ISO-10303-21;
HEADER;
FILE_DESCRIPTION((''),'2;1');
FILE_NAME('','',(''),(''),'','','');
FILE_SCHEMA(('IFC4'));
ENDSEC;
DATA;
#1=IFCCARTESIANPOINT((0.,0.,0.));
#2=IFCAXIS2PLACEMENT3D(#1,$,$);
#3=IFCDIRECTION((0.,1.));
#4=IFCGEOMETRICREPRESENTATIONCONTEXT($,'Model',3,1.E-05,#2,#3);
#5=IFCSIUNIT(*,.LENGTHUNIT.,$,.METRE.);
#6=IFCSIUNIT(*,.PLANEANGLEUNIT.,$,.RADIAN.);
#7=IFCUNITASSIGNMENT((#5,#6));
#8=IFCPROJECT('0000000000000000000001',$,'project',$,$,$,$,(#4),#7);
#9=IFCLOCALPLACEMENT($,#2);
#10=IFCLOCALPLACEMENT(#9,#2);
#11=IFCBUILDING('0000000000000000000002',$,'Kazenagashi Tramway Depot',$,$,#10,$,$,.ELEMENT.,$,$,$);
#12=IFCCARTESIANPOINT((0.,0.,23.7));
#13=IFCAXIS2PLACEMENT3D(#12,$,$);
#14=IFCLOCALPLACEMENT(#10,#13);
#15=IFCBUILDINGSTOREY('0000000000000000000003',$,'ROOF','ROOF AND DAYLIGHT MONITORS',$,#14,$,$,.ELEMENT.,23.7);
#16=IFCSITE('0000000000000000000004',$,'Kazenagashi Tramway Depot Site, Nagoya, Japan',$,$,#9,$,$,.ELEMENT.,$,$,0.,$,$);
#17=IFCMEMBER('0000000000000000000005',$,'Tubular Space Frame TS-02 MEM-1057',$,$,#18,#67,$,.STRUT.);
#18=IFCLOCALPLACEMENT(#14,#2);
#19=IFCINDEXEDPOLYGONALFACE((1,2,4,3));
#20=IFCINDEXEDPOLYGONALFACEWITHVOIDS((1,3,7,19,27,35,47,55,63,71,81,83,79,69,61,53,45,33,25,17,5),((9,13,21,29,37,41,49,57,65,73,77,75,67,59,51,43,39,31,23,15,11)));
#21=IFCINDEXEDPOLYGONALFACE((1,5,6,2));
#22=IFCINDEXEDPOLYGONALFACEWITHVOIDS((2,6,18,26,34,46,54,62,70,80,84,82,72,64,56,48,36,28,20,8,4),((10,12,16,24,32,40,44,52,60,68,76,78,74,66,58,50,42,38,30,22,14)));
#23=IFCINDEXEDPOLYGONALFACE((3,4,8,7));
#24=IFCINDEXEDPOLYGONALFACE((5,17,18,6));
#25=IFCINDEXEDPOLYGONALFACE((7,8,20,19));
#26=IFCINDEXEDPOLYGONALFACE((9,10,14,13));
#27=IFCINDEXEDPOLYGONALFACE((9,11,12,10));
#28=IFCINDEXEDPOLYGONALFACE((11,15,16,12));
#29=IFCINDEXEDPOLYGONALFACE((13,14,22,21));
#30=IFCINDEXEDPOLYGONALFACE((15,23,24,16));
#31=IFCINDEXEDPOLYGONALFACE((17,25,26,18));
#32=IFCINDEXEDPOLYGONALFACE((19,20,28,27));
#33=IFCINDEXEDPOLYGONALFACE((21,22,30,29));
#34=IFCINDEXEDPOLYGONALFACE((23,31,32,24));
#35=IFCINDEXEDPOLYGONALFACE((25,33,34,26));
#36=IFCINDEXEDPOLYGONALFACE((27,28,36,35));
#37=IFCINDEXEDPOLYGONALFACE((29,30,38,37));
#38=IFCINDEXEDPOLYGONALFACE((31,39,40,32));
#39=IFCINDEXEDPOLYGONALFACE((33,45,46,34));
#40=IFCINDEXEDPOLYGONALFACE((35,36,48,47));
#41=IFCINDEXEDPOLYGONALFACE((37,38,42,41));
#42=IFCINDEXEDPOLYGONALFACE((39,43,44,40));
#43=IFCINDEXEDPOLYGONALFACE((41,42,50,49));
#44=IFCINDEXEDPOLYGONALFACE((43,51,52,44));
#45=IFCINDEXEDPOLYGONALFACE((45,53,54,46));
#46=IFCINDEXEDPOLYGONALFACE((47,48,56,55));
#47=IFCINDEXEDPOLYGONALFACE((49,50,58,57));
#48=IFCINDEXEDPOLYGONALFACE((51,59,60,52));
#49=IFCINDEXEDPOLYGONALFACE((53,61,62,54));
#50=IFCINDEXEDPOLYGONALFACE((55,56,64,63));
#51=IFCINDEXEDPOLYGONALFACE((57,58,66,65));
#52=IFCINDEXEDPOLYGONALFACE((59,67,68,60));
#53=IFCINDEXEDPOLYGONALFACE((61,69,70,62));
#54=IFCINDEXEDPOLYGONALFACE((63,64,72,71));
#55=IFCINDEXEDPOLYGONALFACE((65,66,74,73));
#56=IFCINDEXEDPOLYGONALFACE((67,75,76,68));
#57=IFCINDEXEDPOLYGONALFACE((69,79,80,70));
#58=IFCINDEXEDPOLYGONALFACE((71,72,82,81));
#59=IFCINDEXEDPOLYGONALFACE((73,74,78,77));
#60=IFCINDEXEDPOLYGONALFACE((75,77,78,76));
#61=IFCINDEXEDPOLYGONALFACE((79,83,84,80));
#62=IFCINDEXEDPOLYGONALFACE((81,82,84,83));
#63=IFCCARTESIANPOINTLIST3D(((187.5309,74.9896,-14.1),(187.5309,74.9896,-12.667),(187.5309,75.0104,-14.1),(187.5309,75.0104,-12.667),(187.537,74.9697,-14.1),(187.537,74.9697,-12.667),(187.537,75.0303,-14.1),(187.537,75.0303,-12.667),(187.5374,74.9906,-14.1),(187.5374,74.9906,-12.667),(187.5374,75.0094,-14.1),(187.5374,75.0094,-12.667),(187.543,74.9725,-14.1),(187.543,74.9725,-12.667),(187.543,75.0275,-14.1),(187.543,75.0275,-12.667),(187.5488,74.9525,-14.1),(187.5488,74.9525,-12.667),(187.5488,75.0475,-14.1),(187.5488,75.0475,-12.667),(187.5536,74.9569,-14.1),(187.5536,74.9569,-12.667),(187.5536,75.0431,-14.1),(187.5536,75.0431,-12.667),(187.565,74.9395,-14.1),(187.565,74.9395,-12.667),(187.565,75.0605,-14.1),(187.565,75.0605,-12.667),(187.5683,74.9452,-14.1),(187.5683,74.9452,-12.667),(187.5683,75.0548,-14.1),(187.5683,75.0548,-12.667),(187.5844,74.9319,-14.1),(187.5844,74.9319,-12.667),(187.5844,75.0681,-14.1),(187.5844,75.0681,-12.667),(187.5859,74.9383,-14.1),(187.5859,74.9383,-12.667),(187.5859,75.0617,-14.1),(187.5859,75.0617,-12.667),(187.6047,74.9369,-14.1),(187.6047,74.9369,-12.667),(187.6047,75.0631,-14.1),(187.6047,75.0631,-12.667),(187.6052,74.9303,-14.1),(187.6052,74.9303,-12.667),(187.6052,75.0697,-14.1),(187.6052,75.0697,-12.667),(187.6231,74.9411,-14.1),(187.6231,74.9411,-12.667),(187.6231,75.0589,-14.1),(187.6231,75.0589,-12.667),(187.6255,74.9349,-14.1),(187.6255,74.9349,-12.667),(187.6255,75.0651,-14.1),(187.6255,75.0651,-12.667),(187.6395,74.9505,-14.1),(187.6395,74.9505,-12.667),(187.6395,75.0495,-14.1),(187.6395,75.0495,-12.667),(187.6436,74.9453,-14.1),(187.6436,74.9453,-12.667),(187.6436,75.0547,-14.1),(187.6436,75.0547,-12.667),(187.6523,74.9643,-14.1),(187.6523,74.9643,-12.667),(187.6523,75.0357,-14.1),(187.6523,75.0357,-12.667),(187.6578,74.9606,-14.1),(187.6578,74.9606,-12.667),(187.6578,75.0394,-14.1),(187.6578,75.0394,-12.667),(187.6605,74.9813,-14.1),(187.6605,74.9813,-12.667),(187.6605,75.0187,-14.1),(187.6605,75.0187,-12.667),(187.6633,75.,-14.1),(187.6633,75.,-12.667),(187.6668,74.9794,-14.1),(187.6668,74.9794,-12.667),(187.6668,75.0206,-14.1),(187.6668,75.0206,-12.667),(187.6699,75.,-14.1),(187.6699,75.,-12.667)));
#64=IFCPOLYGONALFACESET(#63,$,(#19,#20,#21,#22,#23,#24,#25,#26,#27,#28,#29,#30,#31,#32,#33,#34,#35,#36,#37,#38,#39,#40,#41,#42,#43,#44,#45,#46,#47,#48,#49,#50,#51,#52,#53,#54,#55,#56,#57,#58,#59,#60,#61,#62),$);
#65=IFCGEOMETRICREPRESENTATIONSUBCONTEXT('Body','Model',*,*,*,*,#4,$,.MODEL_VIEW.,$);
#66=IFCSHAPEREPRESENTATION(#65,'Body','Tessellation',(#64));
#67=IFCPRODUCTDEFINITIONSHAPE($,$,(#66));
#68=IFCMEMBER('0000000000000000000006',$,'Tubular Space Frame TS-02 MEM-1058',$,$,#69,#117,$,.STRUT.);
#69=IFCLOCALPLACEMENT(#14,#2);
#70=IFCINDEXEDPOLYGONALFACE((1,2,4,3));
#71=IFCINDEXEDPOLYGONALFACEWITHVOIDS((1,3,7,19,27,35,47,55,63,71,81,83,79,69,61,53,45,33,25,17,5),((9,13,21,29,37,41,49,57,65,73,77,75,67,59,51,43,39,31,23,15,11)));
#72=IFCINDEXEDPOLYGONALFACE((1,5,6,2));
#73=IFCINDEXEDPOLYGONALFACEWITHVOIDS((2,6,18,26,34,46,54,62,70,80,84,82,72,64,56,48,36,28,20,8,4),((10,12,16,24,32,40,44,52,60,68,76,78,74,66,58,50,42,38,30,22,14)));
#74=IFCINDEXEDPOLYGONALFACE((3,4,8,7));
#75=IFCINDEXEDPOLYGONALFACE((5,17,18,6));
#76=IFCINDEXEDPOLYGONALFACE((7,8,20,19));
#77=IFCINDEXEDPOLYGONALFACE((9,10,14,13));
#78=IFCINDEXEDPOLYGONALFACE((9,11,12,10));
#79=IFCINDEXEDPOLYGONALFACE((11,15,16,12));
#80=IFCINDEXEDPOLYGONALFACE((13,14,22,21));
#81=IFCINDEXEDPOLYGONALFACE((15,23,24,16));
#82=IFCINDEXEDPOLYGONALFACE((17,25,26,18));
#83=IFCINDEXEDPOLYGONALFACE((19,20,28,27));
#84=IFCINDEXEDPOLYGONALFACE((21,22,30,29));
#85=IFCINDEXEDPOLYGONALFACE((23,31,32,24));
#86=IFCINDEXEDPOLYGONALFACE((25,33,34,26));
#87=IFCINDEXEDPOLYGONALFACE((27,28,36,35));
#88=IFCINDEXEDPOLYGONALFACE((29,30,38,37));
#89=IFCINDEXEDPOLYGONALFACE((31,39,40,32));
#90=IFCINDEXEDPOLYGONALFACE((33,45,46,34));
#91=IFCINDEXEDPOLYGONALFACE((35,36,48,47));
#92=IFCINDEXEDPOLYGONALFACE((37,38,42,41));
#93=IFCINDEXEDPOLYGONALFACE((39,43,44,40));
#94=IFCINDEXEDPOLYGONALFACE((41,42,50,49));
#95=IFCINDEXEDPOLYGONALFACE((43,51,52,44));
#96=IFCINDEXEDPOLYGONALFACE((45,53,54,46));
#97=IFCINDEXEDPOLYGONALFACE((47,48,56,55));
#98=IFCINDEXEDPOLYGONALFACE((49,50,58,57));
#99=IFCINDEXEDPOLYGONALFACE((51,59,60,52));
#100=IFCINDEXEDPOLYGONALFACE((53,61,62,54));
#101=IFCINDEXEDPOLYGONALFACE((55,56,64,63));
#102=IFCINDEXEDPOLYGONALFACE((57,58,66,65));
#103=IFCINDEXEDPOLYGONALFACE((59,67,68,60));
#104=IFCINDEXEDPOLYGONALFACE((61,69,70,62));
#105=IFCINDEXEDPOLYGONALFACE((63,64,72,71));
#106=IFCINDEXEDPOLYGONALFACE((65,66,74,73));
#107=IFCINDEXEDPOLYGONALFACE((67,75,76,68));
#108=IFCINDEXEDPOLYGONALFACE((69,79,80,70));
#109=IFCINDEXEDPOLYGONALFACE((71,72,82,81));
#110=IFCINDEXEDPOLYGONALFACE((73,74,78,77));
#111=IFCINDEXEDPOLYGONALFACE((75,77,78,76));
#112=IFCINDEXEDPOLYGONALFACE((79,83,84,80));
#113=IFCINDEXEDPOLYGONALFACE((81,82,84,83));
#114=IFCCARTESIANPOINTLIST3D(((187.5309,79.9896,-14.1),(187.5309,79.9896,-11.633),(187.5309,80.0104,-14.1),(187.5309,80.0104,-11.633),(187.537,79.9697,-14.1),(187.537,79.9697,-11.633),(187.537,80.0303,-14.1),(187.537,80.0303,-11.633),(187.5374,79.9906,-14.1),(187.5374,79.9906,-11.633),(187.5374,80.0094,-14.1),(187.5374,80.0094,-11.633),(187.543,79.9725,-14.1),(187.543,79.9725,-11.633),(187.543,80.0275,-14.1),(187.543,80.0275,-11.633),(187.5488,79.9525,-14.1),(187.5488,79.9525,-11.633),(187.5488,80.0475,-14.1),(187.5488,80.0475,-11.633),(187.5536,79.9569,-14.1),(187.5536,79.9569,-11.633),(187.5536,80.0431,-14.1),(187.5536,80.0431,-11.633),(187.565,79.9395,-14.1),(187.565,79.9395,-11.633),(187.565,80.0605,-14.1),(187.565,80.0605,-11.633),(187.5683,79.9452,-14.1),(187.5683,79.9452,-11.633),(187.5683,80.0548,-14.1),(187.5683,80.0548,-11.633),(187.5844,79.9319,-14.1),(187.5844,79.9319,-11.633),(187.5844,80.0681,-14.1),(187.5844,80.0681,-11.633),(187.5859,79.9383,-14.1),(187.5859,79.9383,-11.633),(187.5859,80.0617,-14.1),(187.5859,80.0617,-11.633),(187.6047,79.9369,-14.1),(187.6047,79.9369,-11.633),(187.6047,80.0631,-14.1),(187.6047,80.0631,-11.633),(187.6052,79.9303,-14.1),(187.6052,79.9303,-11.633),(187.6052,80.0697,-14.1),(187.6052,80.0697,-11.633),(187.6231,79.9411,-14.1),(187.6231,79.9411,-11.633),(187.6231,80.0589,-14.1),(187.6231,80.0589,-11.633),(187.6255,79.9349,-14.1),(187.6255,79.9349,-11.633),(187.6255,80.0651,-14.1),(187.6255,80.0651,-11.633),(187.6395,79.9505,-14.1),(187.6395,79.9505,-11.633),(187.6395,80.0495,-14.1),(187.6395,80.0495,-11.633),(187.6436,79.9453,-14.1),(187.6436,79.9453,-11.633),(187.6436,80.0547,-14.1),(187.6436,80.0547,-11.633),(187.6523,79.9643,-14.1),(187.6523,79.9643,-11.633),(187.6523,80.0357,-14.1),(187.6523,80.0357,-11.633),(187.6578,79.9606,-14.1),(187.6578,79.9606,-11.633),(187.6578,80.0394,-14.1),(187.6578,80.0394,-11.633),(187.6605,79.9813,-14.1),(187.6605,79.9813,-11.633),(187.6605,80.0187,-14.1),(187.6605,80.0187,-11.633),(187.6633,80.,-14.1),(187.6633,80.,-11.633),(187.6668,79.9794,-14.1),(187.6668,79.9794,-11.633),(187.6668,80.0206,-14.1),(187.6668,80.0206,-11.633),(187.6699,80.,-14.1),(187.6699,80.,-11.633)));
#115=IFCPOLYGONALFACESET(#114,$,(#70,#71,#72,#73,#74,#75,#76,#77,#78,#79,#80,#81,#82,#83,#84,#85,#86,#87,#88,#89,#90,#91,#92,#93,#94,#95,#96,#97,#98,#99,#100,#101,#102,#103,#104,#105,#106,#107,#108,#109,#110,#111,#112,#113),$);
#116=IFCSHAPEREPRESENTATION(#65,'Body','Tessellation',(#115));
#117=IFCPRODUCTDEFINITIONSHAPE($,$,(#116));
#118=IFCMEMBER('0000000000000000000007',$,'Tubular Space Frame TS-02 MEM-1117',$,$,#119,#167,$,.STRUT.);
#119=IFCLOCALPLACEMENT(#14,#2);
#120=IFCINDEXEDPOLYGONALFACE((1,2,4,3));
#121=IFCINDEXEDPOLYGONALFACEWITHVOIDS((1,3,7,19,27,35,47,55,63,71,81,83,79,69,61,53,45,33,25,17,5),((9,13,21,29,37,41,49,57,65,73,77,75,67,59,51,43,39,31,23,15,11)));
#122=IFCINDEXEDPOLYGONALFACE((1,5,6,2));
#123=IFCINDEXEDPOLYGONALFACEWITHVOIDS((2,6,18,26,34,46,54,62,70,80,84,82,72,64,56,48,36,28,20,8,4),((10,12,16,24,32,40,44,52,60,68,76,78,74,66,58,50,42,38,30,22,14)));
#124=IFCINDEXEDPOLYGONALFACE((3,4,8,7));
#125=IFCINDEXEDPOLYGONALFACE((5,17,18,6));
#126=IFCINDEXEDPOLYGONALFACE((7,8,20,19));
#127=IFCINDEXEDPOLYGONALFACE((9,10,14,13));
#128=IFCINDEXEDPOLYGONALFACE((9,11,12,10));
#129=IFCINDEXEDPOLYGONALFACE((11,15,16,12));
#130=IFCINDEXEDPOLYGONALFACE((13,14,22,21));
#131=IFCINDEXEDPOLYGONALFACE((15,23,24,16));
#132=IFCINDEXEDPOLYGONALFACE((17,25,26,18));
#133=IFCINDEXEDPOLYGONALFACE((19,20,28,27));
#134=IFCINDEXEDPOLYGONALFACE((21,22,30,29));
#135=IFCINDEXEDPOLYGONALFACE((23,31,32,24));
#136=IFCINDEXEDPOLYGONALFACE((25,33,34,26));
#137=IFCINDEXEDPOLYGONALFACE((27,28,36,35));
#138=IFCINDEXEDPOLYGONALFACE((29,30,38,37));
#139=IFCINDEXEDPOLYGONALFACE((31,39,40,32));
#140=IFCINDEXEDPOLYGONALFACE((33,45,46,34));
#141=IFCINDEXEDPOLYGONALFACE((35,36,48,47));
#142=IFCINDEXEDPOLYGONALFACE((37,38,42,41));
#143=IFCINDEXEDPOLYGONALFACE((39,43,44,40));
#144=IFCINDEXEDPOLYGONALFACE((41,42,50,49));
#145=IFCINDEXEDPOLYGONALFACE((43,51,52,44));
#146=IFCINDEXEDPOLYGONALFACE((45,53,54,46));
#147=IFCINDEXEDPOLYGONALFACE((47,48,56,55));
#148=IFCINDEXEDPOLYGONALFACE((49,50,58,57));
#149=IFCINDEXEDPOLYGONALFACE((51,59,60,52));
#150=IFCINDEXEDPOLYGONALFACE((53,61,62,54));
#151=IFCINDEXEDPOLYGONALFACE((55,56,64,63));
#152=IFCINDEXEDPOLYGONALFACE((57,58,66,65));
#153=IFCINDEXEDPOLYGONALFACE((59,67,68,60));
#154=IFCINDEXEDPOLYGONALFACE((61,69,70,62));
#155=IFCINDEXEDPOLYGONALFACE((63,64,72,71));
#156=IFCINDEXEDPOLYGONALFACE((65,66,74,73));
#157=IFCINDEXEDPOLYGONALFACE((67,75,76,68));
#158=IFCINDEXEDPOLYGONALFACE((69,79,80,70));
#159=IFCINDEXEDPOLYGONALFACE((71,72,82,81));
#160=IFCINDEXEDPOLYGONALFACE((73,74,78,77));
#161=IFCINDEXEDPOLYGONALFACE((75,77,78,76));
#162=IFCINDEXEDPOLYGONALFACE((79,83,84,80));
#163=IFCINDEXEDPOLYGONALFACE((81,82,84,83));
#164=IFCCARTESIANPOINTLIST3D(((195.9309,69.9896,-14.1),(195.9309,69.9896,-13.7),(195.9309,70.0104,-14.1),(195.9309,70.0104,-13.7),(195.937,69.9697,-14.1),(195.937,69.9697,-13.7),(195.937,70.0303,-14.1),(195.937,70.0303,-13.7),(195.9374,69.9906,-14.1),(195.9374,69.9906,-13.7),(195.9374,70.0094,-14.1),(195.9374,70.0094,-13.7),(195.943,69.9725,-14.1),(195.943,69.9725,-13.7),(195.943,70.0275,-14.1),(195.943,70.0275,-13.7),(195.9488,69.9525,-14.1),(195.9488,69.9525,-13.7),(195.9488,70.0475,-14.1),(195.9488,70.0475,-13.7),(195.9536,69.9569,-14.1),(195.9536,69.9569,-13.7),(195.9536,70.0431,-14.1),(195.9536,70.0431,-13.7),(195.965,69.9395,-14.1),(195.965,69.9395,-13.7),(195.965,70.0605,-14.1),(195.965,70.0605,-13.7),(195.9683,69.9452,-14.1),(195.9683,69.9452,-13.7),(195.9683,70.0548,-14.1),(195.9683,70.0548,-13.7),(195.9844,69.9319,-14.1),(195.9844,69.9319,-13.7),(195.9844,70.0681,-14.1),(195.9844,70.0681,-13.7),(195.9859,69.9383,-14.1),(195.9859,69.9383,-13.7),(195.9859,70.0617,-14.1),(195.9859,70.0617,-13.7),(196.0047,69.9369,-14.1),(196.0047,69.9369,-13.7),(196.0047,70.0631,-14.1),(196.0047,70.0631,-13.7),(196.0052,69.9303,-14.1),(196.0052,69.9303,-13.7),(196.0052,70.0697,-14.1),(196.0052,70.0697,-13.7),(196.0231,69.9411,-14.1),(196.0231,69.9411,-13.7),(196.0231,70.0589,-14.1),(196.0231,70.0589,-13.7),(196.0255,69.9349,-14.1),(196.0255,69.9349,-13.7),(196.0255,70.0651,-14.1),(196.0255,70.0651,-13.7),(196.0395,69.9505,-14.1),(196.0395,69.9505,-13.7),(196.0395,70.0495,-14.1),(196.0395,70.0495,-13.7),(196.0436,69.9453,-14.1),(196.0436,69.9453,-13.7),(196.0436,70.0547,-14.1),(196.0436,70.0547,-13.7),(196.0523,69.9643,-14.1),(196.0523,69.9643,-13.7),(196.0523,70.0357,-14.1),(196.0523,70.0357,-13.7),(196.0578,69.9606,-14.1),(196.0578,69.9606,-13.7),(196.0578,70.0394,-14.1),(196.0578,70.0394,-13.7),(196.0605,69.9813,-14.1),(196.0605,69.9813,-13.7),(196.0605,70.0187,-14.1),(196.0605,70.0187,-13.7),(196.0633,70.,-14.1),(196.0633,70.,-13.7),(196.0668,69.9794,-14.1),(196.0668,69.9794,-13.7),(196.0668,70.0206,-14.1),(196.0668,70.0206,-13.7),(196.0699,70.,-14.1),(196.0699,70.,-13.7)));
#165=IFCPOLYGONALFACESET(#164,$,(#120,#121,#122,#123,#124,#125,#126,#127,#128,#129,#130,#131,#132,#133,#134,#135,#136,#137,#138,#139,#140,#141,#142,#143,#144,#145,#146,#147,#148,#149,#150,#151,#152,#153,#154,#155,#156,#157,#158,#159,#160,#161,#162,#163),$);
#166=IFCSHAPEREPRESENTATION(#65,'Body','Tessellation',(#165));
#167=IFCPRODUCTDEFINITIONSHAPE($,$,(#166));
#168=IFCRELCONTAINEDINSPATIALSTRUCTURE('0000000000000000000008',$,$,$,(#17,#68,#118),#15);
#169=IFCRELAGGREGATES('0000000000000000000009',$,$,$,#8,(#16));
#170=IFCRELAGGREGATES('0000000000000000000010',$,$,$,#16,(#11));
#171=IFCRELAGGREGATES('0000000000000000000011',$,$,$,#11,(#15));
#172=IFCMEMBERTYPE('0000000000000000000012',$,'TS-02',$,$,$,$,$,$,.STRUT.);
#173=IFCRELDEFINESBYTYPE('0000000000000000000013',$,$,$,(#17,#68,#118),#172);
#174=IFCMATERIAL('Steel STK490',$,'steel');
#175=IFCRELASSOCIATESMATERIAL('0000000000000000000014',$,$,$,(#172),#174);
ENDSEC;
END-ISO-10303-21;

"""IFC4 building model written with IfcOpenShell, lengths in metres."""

from ifc_helpers import new_model, si_unit, direction, frame, origin, origin_2d, place, context, subcontext, project, spatial, hollow_circle, extrude, material, material_profile, profile_set, type_object, element, save


model = new_model("IFC4")

# Units and contexts
model_context = context("Model", 3, precision=1e-05, world=origin(), true_north=direction((0.0, 1.0)))
body_context = subcontext(model_context, "Body", "Model", "MODEL_VIEW")
ifc_project = project(units=[si_unit("LENGTHUNIT", "METRE"), si_unit("PLANEANGLEUNIT", "RADIAN")], contexts=[model_context])

# Site, building, storey
site_placement = place(None, origin())
site = spatial("IfcSite", under=ifc_project, at=site_placement, Name="Kazenagashi Tramway Depot Site, Nagoya, Japan", CompositionType="ELEMENT", RefElevation=0.0)
building_placement = place(site_placement, origin())
building = spatial("IfcBuilding", under=site, at=building_placement, Name="Kazenagashi Tramway Depot", CompositionType="ELEMENT")
storey_placement = place(building_placement, frame((0.0, 0.0, 23.7)))
storey = spatial("IfcBuildingStorey", under=building, at=storey_placement, Name="ROOF", Description="ROOF AND DAYLIGHT MONITORS", CompositionType="ELEMENT", Elevation=23.7)

# Members
ifc_material_1 = material(Name="Steel STK490", Category="steel")
ifc_material_profile_1 = material_profile(ifc_material_1, hollow_circle(Radius=0.0699, WallThickness=0.0066, at=origin_2d()), Name="CHS-139.8x6.6")
ifc_profile_set_1 = profile_set([ifc_material_profile_1], Name="Steel STK490")
member_type_1 = type_object("IfcMemberType", Name="TS-02", PredefinedType="STRUT", material=ifc_profile_set_1)
member_1_placement = place(storey_placement, frame((187.6, 75.0, -14.1), z_axis=(0.0, 0.0, 1.0), x_axis=(1.0, 0.0, 0.0)))
element("IfcMember", 1, at=member_1_placement, inside=storey, type_object=member_type_1, Name="Tubular Space Frame TS-02 MEM-1057", PredefinedType="STRUT", context=body_context, shape_type="SweptSolid", body=[
    extrude(hollow_circle(Radius=0.0699, WallThickness=0.0066, at=origin_2d()), origin(), (0.0, 0.0, 1.0), 1.433),
])
member_2_placement = place(storey_placement, frame((187.6, 80.0, -14.1), z_axis=(0.0, 0.0, 1.0), x_axis=(1.0, 0.0, 0.0)))
element("IfcMember", 2, at=member_2_placement, inside=storey, type_object=member_type_1, Name="Tubular Space Frame TS-02 MEM-1058", PredefinedType="STRUT", context=body_context, shape_type="SweptSolid", body=[
    extrude(hollow_circle(Radius=0.0699, WallThickness=0.0066, at=origin_2d()), origin(), (0.0, 0.0, 1.0), 2.467),
])
member_3_placement = place(storey_placement, frame((196.0, 70.0, -14.1), z_axis=(0.0, 0.0, 1.0), x_axis=(1.0, 0.0, 0.0)))
element("IfcMember", 3, at=member_3_placement, inside=storey, type_object=member_type_1, Name="Tubular Space Frame TS-02 MEM-1117", PredefinedType="STRUT", context=body_context, shape_type="SweptSolid", body=[
    extrude(hollow_circle(Radius=0.0699, WallThickness=0.0066, at=origin_2d()), origin(), (0.0, 0.0, 1.0), 0.4),
])

save(model, "model.ifc")
